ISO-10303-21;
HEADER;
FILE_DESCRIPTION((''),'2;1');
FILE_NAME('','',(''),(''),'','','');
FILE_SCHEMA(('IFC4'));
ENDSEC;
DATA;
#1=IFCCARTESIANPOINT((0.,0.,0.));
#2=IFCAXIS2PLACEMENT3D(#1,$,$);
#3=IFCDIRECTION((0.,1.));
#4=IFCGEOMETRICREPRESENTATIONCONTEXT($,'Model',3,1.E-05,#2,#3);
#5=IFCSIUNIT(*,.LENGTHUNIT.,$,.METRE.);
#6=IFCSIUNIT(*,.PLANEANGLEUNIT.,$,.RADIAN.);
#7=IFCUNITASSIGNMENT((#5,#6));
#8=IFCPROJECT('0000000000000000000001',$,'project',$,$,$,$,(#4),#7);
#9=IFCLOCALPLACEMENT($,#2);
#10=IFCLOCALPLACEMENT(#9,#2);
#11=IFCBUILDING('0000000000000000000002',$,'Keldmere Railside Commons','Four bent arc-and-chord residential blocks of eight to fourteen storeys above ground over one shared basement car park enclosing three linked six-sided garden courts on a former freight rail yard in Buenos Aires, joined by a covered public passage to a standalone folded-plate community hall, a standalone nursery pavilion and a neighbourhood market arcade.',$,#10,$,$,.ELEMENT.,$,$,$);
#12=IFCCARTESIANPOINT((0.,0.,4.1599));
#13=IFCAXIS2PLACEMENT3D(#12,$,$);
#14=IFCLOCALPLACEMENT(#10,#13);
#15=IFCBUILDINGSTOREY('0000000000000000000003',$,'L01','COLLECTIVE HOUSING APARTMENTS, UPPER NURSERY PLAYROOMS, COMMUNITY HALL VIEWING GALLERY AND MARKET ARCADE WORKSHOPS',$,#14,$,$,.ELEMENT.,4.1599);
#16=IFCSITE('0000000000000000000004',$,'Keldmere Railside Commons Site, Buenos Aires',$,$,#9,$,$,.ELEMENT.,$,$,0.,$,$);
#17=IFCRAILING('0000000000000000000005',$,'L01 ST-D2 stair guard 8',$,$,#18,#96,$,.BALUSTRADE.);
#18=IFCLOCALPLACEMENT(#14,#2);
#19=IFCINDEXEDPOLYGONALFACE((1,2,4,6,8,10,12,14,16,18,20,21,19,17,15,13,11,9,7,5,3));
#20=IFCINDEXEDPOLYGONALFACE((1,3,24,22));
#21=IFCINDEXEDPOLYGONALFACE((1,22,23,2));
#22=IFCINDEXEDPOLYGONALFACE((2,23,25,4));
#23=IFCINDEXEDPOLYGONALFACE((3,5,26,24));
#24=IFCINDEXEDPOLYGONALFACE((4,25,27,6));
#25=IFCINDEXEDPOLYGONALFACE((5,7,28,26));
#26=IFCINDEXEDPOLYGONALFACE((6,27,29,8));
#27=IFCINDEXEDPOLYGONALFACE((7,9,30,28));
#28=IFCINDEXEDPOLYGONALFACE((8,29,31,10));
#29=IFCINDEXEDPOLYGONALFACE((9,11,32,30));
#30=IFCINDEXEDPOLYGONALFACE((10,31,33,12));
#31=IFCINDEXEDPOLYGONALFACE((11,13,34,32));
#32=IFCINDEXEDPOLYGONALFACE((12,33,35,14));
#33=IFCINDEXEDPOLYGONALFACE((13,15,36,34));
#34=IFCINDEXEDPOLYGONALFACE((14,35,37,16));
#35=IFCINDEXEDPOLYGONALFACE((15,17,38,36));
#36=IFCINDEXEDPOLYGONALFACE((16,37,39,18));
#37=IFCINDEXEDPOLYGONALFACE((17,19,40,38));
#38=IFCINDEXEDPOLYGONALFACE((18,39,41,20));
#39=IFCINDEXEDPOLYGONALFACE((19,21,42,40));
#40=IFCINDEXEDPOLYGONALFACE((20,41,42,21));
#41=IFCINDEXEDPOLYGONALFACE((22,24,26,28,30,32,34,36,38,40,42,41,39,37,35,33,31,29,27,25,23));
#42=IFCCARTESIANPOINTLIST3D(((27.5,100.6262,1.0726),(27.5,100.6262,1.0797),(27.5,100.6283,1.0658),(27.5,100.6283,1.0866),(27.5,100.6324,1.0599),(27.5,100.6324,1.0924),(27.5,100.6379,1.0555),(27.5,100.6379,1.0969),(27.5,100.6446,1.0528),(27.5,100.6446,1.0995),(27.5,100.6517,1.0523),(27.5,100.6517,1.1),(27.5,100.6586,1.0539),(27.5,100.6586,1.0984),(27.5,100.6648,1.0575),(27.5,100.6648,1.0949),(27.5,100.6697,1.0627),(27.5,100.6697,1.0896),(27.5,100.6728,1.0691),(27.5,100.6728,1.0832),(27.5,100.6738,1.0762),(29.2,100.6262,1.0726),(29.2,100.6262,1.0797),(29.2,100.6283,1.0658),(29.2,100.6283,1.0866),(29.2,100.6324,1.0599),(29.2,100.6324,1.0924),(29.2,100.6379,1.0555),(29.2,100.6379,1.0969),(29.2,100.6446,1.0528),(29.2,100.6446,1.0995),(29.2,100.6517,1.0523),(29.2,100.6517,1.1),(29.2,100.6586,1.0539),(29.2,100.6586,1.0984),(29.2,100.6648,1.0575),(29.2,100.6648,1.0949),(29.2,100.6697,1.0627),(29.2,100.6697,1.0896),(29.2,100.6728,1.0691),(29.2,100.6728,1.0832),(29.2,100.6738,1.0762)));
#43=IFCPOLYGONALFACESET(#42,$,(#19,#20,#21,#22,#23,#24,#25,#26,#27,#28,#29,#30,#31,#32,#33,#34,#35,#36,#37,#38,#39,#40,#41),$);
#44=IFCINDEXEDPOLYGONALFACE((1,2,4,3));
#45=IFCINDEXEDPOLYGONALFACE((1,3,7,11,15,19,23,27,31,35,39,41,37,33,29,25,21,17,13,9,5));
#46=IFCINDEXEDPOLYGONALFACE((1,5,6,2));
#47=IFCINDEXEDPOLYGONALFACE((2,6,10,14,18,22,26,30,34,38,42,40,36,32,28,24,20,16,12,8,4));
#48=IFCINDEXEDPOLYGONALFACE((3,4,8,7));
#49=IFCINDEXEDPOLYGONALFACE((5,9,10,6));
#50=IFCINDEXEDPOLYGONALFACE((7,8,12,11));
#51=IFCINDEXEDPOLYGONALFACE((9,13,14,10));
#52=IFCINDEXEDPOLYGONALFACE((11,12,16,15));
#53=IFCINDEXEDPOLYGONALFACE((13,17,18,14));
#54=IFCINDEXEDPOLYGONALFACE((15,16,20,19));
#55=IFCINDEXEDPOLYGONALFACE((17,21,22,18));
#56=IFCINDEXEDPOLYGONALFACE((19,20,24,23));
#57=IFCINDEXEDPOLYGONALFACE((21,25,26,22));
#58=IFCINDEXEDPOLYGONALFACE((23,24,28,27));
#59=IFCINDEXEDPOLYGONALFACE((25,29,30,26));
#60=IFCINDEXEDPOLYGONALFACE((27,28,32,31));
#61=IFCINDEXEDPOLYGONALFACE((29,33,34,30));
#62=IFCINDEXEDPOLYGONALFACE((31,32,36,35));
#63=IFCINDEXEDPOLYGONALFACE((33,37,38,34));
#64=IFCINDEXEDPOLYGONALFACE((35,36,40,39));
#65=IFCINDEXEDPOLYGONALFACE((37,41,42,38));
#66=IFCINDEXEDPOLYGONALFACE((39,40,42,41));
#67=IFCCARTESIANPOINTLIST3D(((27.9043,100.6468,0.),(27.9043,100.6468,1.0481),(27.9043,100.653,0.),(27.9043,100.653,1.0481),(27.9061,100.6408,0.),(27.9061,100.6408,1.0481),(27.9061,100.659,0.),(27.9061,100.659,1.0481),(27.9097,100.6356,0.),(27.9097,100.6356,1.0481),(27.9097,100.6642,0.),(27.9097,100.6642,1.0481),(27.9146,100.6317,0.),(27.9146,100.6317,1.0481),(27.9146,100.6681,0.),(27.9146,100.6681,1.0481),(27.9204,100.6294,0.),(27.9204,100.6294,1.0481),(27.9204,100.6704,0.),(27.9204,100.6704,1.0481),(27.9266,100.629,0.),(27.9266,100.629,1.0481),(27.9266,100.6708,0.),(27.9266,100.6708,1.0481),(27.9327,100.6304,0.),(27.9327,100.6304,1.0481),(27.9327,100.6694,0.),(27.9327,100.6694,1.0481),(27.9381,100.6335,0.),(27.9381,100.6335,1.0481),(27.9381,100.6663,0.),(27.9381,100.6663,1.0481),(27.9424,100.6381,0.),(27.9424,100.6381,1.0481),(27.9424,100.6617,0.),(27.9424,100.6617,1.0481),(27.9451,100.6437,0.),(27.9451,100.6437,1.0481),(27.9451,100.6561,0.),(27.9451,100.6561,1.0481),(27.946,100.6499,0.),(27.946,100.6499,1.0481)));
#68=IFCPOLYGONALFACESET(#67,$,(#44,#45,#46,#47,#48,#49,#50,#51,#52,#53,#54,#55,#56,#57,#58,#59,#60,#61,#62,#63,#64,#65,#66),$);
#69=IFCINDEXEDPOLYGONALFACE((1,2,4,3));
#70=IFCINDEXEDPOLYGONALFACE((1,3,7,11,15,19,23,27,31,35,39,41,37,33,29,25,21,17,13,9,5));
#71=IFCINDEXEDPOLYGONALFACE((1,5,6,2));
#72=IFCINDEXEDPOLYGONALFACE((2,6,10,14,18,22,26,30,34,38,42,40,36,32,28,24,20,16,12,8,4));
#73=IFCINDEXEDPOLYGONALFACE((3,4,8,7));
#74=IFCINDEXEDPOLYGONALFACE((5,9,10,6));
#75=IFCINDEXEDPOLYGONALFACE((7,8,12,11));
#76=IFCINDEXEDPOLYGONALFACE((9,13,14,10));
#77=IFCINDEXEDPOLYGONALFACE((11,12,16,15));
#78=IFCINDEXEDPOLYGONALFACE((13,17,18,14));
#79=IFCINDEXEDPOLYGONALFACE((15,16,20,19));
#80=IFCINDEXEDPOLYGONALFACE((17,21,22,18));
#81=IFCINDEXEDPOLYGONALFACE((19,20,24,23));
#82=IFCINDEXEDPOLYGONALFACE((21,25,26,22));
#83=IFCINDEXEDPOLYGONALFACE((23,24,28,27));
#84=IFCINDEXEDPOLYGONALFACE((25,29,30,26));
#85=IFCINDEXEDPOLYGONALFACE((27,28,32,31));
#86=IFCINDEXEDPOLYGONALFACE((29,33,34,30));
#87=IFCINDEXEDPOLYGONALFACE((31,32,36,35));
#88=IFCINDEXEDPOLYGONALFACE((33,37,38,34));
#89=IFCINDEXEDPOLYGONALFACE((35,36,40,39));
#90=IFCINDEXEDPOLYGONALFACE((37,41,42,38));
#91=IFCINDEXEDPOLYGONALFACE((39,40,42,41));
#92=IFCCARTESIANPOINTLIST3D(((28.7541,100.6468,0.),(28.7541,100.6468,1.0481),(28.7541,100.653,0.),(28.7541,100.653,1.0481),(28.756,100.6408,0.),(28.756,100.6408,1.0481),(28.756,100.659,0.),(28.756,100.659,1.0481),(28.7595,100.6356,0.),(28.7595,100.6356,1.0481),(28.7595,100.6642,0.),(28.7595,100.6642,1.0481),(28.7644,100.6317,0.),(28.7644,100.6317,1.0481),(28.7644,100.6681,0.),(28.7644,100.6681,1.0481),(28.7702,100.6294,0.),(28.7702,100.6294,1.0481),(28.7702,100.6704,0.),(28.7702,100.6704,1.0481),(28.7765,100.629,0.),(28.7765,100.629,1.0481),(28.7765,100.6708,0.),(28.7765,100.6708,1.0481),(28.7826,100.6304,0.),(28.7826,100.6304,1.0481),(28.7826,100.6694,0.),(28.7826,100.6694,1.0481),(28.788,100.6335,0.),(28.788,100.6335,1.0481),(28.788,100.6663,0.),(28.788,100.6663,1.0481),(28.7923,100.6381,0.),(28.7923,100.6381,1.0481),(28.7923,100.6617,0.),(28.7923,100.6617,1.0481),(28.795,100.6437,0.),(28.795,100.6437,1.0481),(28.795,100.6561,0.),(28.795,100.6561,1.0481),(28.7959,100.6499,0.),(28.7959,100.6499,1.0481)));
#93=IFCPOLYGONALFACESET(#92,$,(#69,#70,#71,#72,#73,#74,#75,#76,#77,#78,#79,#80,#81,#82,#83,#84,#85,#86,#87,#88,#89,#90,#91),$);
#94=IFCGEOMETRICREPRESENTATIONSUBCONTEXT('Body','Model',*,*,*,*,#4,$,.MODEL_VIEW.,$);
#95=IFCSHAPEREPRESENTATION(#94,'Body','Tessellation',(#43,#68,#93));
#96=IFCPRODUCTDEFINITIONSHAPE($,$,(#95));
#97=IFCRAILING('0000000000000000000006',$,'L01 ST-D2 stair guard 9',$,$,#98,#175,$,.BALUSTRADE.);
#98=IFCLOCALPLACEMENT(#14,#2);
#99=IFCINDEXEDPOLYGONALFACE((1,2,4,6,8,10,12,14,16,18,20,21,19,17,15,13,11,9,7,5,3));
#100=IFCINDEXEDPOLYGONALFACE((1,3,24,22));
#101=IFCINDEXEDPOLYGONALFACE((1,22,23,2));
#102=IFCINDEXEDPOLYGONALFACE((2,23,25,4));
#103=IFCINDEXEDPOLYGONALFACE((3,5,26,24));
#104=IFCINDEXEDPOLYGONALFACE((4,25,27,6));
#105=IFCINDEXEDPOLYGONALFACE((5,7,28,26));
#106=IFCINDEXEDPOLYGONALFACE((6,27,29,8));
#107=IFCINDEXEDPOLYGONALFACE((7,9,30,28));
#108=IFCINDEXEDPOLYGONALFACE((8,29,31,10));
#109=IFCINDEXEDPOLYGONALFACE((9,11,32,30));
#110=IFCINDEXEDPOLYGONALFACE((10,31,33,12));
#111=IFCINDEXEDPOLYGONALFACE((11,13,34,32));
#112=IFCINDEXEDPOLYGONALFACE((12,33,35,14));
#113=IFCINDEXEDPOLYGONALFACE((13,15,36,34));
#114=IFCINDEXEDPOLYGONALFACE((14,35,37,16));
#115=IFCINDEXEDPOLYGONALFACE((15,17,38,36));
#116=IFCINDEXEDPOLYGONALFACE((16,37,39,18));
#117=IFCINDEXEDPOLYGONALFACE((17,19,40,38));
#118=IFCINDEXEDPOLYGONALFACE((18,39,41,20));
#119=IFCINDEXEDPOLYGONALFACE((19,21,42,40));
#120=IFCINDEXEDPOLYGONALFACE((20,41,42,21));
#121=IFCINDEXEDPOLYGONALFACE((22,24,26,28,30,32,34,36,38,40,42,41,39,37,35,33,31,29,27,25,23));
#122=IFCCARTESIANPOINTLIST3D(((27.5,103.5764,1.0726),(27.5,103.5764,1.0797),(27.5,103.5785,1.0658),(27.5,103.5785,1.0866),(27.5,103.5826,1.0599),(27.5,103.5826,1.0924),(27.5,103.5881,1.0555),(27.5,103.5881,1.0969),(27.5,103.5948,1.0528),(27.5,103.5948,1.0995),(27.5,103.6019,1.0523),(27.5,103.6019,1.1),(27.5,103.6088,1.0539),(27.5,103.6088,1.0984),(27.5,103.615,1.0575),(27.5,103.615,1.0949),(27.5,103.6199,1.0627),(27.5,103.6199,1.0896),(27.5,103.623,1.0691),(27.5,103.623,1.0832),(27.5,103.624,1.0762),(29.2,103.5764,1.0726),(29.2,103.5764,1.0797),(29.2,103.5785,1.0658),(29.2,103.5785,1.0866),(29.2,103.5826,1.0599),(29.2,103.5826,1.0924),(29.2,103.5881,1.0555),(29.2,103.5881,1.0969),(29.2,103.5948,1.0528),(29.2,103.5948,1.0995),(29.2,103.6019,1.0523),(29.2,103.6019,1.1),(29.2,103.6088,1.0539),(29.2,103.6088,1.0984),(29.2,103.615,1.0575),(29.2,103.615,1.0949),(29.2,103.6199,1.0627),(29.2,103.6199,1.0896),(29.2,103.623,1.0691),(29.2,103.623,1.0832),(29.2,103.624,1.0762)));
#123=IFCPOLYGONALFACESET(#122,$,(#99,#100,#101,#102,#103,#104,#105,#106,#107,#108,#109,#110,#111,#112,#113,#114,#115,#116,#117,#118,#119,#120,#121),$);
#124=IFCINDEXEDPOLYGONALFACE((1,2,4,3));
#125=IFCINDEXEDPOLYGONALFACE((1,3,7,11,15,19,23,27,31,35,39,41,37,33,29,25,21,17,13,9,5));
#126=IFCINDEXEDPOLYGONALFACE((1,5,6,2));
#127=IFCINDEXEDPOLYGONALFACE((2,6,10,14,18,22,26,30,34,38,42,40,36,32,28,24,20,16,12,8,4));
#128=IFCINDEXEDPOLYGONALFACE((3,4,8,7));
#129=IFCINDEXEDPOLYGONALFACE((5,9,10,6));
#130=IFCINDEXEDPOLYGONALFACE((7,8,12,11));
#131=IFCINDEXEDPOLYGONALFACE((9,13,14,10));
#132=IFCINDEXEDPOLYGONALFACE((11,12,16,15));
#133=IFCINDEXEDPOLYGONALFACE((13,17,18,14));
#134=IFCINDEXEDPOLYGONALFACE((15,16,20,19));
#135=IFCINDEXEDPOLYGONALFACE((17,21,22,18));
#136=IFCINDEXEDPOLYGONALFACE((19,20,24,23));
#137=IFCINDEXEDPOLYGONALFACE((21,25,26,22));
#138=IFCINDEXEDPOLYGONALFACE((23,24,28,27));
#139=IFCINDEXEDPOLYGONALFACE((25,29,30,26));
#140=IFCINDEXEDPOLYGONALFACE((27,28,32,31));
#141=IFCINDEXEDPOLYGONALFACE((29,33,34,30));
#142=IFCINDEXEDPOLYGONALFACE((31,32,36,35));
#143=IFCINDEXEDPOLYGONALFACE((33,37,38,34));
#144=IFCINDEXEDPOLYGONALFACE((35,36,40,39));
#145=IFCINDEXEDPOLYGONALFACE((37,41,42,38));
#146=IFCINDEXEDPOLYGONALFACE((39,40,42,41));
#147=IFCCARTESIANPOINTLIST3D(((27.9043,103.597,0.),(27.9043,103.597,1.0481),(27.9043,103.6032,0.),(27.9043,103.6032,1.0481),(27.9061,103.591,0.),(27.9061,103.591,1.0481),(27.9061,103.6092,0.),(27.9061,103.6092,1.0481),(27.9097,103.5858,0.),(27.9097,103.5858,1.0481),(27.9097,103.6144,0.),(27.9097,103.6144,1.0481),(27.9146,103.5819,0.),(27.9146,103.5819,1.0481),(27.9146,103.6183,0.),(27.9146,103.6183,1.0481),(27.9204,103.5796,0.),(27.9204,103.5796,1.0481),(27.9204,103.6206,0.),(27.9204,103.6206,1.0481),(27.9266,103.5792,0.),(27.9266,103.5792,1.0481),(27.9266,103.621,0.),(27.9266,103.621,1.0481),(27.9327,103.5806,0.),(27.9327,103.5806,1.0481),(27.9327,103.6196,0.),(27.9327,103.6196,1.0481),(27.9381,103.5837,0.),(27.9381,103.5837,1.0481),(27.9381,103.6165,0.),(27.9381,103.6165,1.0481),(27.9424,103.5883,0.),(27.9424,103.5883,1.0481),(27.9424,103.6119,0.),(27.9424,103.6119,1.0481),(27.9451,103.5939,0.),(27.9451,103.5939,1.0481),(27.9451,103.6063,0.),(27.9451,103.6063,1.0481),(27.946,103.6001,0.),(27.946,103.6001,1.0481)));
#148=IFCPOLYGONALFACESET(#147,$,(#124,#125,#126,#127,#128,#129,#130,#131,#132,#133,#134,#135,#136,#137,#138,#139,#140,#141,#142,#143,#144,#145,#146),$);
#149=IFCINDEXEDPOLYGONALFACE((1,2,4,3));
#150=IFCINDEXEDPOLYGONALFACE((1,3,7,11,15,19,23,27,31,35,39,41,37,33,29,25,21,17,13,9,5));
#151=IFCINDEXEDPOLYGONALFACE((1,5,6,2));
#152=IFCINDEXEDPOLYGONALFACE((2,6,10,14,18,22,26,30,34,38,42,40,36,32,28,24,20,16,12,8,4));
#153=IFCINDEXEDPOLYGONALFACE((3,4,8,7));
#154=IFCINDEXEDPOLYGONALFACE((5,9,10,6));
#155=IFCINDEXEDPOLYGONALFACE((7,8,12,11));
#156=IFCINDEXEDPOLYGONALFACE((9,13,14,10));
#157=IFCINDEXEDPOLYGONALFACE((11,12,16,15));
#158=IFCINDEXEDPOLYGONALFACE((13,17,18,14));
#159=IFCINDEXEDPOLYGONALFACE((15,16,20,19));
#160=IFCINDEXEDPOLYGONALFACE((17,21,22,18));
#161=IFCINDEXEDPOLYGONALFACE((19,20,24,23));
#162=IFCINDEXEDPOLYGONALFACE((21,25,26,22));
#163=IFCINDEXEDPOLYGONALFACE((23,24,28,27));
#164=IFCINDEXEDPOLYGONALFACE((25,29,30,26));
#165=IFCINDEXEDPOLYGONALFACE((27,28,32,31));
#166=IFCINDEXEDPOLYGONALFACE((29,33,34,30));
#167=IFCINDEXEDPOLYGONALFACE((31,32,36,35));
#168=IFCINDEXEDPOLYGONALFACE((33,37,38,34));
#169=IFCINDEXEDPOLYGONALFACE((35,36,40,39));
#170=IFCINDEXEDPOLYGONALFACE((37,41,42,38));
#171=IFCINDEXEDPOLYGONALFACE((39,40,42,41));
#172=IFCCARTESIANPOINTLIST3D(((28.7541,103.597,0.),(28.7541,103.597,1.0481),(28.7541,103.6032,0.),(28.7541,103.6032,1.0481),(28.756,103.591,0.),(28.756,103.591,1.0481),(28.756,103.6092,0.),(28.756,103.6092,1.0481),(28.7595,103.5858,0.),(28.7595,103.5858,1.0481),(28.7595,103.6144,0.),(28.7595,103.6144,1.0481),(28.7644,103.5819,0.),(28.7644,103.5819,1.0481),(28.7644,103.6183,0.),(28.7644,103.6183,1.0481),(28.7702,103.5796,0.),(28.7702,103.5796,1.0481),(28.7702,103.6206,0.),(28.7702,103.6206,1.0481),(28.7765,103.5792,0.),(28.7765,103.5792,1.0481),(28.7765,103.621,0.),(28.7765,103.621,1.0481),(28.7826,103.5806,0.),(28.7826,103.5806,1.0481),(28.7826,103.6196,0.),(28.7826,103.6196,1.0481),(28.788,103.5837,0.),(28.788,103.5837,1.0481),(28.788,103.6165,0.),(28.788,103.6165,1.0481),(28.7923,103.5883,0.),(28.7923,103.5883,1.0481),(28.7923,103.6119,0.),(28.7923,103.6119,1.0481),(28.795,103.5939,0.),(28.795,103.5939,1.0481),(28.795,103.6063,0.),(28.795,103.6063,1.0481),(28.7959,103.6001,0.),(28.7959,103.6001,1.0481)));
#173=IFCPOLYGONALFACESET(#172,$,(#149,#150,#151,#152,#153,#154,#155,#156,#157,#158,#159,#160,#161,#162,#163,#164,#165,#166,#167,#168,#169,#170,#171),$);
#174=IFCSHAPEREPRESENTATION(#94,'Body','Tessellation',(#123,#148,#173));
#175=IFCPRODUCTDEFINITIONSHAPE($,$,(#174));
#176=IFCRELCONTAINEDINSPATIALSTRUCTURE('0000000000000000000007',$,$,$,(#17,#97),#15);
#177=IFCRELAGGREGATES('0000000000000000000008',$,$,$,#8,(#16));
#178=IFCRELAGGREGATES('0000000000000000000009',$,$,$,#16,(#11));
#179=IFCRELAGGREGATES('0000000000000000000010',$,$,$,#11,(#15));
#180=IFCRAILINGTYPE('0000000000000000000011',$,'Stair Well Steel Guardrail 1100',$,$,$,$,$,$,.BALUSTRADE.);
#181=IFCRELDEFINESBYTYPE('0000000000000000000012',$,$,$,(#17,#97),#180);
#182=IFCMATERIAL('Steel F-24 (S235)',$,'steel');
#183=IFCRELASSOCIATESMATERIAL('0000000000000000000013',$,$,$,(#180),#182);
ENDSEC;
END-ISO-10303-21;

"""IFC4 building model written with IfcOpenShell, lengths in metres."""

from ifc_helpers import new_model, si_unit, direction, frame, origin, origin_2d, place, context, subcontext, project, spatial, circle, extrude, material, type_object, element, save


model = new_model("IFC4")

# Units and contexts
model_context = context("Model", 3, precision=1e-05, world=origin(), true_north=direction((0.0, 1.0)))
body_context = subcontext(model_context, "Body", "Model", "MODEL_VIEW")
ifc_project = project(units=[si_unit("LENGTHUNIT", "METRE"), si_unit("PLANEANGLEUNIT", "RADIAN")], contexts=[model_context])

# Site, building, storey
site_placement = place(None, origin())
site = spatial("IfcSite", under=ifc_project, at=site_placement, Name="Keldmere Railside Commons Site, Buenos Aires", CompositionType="ELEMENT", RefElevation=0.0)
building_placement = place(site_placement, origin())
building = spatial("IfcBuilding", under=site, at=building_placement, Name="Keldmere Railside Commons", Description="Four bent arc-and-chord residential blocks of eight to fourteen storeys above ground over one shared basement car park enclosing three linked six-sided garden courts on a former freight rail yard in Buenos Aires, joined by a covered public passage to a standalone folded-plate community hall, a standalone nursery pavilion and a neighbourhood market arcade.", CompositionType="ELEMENT")
storey_placement = place(building_placement, frame((0.0, 0.0, 4.1599)))
storey = spatial("IfcBuildingStorey", under=building, at=storey_placement, Name="L01", Description="COLLECTIVE HOUSING APARTMENTS, UPPER NURSERY PLAYROOMS, COMMUNITY HALL VIEWING GALLERY AND MARKET ARCADE WORKSHOPS", CompositionType="ELEMENT", Elevation=4.1599)

# Shared definitions
ifc_material_1 = material(Name="Steel F-24 (S235)", Category="steel")

# Railings
railing_type_1 = type_object("IfcRailingType", Name="Stair Well Steel Guardrail 1100", PredefinedType="BALUSTRADE", material=ifc_material_1)
for number, where, name in (
    (1, (27.5, 100.6499, 0.0), "L01 ST-D2 stair guard 8"),
    (2, (27.5, 103.6001, 0.0), "L01 ST-D2 stair guard 9"),
):
    element("IfcRailing", number, at=place(storey_placement, frame(where)), inside=storey, type_object=railing_type_1, Name=name, PredefinedType="BALUSTRADE", context=body_context, shape_type="SweptSolid", body=[
        extrude(circle(Radius=0.0239, at=origin_2d()), frame((0.0, 0.0, 1.0762), z_axis=(1.0, 0.0, 0.0), x_axis=(0.0, 1.0, 0.0)), (0.0, 0.0, 1.0), 1.7),
        extrude(circle(Radius=0.021, at=origin_2d()), frame((0.425, 0.0, 0.0)), (0.0, 0.0, 1.0), 1.0481),
        extrude(circle(Radius=0.021, at=origin_2d()), frame((1.2749, 0.0, 0.0)), (0.0, 0.0, 1.0), 1.0481),
    ])

save(model, "model.ifc")
